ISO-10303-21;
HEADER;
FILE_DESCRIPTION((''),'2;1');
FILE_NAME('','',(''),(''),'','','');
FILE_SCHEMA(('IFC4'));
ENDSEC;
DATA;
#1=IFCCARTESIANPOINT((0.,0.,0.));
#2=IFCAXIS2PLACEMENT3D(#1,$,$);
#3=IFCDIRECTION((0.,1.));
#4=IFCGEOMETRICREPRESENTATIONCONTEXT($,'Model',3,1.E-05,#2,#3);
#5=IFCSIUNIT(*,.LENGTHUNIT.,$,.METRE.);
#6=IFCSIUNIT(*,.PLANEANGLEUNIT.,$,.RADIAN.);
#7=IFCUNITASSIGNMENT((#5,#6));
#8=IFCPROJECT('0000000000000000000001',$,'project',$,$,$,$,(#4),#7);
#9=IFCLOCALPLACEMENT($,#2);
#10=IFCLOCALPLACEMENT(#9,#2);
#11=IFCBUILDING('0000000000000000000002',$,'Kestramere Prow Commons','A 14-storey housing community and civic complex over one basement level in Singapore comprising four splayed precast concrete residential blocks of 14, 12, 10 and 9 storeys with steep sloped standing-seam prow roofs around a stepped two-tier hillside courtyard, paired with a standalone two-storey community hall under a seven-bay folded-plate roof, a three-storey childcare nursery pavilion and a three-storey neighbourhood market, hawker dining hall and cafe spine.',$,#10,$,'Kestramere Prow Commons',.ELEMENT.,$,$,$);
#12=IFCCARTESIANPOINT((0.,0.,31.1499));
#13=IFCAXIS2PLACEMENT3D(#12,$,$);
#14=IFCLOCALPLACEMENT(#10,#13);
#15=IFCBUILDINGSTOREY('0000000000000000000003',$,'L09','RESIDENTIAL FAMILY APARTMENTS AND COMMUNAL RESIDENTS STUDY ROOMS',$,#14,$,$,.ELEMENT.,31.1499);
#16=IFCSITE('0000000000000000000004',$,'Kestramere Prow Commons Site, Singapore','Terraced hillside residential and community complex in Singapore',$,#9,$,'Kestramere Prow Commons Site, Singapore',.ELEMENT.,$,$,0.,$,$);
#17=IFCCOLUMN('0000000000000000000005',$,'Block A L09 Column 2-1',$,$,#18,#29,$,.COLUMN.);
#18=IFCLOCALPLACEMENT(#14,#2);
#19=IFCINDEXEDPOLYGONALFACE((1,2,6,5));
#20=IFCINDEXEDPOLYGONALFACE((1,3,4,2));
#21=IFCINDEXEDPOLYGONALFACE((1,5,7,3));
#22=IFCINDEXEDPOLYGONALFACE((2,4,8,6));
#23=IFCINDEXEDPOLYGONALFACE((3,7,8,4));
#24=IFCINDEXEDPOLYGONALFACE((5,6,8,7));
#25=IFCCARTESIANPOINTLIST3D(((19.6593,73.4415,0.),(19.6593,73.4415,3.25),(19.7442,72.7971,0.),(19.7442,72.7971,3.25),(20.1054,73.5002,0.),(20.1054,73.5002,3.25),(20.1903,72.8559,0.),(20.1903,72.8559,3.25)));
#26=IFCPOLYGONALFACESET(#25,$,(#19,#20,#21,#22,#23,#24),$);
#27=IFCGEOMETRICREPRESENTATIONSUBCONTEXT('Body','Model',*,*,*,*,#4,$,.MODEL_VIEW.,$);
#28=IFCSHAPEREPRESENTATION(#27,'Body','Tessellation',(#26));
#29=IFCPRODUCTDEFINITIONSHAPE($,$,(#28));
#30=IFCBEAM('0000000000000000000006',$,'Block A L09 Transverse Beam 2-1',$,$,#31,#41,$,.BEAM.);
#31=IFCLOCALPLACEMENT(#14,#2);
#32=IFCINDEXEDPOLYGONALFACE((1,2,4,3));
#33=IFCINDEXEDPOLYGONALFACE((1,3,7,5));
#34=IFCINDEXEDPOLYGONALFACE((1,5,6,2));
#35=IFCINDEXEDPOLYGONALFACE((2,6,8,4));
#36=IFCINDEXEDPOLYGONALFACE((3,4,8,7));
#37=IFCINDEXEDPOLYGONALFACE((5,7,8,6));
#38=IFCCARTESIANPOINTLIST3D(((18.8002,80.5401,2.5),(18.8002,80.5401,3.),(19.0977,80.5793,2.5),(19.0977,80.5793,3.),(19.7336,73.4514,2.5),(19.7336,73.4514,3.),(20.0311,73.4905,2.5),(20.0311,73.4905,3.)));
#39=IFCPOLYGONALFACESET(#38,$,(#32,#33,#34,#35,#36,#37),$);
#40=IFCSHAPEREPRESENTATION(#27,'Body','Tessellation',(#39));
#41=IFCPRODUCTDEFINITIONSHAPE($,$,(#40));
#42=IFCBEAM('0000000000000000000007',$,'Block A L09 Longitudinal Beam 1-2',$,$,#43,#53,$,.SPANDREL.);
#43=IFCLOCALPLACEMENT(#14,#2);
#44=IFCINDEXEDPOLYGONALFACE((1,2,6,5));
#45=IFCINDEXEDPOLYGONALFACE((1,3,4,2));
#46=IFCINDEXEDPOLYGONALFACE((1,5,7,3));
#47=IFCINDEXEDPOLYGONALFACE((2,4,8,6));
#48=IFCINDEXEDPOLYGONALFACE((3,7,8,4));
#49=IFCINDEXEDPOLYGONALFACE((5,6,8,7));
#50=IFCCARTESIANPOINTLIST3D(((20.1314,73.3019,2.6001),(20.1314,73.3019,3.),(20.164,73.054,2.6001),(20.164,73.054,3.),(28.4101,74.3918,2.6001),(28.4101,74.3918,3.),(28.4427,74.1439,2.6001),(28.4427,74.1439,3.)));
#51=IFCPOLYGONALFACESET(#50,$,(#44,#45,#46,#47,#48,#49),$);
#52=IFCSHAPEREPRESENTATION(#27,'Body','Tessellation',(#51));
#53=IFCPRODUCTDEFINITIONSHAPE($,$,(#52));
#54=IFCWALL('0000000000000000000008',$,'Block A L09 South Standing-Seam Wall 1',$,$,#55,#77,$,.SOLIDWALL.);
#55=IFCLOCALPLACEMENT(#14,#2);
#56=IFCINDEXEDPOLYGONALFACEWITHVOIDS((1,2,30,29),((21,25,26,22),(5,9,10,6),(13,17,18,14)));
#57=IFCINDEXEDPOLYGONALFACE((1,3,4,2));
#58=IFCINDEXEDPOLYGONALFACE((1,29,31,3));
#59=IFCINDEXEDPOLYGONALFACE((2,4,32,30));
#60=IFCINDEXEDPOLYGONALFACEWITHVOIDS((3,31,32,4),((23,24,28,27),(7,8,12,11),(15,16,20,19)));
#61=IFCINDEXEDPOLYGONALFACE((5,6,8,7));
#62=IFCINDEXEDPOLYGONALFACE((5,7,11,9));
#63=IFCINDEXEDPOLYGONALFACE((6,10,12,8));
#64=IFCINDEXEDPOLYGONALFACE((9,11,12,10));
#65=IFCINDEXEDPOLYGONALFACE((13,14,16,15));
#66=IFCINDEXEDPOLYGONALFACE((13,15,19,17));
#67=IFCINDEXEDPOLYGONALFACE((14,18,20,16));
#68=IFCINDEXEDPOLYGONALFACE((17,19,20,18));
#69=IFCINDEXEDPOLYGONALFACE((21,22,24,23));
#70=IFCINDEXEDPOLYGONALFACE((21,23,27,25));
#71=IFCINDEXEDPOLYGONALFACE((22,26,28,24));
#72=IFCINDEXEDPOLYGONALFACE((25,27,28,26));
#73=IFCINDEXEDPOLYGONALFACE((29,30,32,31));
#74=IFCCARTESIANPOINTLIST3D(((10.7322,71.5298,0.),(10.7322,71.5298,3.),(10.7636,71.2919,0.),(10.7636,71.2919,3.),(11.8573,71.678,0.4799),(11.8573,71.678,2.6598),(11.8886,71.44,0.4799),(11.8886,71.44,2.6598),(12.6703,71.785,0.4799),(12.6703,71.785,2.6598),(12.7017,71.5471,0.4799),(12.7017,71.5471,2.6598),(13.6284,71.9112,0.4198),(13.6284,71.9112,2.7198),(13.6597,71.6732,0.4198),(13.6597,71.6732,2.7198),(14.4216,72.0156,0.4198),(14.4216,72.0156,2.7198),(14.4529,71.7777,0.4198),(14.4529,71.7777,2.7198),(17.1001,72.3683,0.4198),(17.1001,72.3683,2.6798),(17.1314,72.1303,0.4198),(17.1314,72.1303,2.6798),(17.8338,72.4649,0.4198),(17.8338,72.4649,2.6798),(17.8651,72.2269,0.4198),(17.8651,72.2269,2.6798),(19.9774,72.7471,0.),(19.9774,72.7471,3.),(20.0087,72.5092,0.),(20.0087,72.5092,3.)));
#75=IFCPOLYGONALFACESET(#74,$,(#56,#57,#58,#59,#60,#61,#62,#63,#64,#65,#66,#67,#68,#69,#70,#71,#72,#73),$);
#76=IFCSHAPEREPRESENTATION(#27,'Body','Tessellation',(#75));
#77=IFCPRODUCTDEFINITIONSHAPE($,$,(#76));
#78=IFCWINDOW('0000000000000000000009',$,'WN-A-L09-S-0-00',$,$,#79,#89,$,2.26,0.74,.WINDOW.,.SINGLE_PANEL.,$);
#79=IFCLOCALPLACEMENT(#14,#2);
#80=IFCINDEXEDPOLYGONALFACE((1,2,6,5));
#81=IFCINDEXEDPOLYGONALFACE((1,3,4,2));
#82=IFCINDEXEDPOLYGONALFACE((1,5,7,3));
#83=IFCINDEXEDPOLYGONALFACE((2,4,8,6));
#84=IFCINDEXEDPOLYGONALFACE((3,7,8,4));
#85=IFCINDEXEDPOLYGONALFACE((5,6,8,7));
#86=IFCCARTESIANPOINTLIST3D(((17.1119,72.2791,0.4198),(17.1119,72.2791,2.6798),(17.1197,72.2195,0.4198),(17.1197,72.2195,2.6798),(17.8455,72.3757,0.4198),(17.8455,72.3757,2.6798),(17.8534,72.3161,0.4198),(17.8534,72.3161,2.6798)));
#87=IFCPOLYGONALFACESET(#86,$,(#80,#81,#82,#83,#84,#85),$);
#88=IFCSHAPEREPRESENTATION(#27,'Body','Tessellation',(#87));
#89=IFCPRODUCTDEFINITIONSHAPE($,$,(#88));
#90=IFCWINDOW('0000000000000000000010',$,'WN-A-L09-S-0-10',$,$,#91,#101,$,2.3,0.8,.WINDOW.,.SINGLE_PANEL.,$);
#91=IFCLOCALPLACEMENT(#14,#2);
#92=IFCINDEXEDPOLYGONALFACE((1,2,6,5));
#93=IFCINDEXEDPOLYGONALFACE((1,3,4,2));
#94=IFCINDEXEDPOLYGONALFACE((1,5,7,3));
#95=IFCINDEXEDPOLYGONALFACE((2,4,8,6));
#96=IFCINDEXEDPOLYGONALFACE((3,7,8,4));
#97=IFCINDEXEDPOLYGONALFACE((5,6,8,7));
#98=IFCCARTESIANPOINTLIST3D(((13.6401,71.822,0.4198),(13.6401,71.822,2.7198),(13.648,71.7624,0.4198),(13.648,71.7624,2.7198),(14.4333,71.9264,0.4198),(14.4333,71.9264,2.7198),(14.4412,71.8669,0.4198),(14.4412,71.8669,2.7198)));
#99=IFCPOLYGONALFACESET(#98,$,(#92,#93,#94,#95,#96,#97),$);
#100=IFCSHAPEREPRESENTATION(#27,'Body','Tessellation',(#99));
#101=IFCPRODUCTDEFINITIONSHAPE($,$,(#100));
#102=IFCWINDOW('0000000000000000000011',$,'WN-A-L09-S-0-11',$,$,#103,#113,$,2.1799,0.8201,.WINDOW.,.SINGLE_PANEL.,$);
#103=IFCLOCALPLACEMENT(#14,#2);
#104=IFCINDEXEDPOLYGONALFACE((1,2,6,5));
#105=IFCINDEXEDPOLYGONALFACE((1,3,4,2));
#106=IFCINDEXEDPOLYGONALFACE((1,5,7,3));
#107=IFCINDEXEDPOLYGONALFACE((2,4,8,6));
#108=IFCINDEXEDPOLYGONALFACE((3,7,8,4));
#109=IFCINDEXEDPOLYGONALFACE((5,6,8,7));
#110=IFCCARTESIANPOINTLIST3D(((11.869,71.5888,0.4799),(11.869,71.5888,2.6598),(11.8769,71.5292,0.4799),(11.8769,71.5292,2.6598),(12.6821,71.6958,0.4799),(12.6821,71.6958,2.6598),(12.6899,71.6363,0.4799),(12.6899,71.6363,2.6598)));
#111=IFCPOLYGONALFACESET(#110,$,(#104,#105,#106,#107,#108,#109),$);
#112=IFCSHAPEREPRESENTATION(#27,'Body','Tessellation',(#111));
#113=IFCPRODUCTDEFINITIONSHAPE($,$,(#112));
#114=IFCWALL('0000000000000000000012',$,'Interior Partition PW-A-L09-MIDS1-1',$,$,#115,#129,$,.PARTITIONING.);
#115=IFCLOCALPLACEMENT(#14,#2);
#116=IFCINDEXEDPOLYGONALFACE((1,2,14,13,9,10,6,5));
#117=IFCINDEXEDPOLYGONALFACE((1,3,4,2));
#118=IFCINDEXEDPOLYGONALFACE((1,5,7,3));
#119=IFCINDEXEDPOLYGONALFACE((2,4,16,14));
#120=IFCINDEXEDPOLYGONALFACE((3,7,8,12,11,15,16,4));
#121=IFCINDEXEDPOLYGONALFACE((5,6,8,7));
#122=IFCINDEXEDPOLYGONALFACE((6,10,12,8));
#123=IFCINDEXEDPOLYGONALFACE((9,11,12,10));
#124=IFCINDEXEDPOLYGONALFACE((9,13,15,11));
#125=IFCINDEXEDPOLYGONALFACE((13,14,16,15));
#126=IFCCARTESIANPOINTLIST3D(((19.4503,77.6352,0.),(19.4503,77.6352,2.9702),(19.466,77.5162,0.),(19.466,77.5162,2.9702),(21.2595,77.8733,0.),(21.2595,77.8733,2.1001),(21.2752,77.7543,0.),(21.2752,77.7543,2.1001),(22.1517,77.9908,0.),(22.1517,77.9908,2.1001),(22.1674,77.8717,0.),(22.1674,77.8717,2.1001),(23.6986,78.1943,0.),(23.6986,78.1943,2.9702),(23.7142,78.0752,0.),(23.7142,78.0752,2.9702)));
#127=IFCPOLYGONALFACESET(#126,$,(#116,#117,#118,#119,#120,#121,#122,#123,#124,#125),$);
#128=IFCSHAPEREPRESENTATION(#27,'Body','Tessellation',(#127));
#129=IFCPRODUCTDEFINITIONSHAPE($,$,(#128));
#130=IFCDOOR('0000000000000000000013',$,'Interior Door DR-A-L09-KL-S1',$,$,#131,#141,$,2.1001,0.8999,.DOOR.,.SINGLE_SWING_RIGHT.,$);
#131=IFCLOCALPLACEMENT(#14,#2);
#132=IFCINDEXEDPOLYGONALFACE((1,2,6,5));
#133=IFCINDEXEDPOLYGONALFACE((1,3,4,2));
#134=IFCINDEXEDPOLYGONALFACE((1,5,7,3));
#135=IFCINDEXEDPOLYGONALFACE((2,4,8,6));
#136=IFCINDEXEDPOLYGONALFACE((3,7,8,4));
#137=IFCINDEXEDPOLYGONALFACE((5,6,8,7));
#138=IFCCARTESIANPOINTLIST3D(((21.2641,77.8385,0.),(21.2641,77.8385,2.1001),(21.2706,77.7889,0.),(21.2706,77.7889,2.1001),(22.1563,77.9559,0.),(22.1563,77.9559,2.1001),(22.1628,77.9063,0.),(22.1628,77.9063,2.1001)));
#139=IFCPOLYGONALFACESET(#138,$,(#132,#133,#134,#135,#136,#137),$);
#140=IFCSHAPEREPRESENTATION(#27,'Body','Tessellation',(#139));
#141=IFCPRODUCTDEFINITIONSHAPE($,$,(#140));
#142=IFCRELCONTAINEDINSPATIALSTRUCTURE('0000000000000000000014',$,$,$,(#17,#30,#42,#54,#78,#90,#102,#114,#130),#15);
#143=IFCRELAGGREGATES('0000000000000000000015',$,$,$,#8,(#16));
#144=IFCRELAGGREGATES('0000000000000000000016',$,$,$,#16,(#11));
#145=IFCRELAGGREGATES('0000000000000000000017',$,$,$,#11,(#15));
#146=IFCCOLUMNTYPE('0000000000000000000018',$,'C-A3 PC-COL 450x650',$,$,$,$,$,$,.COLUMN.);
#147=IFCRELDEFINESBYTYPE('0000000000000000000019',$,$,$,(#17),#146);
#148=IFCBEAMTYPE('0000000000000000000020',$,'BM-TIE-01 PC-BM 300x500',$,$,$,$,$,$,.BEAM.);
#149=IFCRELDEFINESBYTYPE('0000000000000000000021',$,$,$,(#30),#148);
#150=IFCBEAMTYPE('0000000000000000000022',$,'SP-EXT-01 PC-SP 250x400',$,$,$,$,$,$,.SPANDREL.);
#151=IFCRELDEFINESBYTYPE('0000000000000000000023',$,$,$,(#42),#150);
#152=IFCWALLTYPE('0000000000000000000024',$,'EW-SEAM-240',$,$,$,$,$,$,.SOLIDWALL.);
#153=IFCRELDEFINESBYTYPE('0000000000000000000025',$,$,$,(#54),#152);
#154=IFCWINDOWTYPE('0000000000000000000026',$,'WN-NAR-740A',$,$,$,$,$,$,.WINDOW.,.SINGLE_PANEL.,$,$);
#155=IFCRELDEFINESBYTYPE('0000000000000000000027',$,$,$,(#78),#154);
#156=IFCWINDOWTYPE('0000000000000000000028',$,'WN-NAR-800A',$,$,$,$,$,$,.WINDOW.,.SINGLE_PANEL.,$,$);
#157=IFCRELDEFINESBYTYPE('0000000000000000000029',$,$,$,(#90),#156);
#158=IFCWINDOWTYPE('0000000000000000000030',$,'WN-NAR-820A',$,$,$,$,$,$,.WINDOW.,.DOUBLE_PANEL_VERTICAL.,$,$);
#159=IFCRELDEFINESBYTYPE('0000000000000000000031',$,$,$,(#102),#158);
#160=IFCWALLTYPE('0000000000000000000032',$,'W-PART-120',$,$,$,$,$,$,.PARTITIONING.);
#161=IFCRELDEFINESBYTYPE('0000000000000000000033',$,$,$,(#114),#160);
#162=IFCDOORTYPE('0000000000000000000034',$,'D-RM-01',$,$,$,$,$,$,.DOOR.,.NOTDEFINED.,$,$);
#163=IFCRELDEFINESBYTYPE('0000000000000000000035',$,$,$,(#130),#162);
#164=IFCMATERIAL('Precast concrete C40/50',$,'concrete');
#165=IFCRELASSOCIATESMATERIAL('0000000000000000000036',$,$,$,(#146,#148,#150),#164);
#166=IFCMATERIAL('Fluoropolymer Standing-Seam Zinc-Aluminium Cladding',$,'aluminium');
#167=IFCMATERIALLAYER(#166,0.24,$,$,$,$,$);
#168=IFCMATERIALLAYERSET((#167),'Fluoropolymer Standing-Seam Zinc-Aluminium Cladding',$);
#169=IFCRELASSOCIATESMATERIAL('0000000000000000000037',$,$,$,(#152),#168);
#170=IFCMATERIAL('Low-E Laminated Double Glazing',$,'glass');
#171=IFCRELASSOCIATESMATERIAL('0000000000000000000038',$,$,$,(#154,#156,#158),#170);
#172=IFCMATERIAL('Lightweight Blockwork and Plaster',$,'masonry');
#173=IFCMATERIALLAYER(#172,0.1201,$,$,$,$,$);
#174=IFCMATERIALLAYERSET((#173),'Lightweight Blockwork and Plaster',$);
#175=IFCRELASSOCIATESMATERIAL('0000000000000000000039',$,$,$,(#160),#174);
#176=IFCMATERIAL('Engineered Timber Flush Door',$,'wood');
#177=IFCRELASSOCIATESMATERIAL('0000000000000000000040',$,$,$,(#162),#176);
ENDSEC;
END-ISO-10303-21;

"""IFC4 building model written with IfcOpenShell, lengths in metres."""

from ifc_helpers import new_model, si_unit, direction, frame, frame_2d, origin, origin_2d, place, context, subcontext, project, spatial, rectangle, extrude, material, layer, layer_set, material_profile, profile_set, type_object, element, fill, save


model = new_model("IFC4")

# Units and contexts
model_context = context("Model", 3, precision=1e-05, world=origin(), true_north=direction((0.0, 1.0)))
body_context = subcontext(model_context, "Body", "Model", "MODEL_VIEW")
ifc_project = project(units=[si_unit("LENGTHUNIT", "METRE"), si_unit("PLANEANGLEUNIT", "RADIAN")], contexts=[model_context])

# Site, building, storey
site_placement = place(None, origin())
site = spatial("IfcSite", under=ifc_project, at=site_placement, Name="Kestramere Prow Commons Site, Singapore", Description="Terraced hillside residential and community complex in Singapore", LongName="Kestramere Prow Commons Site, Singapore", CompositionType="ELEMENT", RefElevation=0.0)
building_placement = place(site_placement, origin())
building = spatial("IfcBuilding", under=site, at=building_placement, Name="Kestramere Prow Commons", Description="A 14-storey housing community and civic complex over one basement level in Singapore comprising four splayed precast concrete residential blocks of 14, 12, 10 and 9 storeys with steep sloped standing-seam prow roofs around a stepped two-tier hillside courtyard, paired with a standalone two-storey community hall under a seven-bay folded-plate roof, a three-storey childcare nursery pavilion and a three-storey neighbourhood market, hawker dining hall and cafe spine.", LongName="Kestramere Prow Commons", CompositionType="ELEMENT")
storey_placement = place(building_placement, frame((0.0, 0.0, 31.1499)))
storey = spatial("IfcBuildingStorey", under=building, at=storey_placement, Name="L09", Description="RESIDENTIAL FAMILY APARTMENTS AND COMMUNAL RESIDENTS STUDY ROOMS", CompositionType="ELEMENT", Elevation=31.1499)

# Column
ifc_material_1 = material(Name="Precast concrete C40/50", Category="concrete")
ifc_material_profile_1 = material_profile(ifc_material_1, rectangle(XDim=0.45, YDim=0.6499, at=origin_2d()), Name="PC-COL 450x650")
ifc_profile_set_1 = profile_set([ifc_material_profile_1], Name="Precast concrete C40/50")
column_type = type_object("IfcColumnType", Name="C-A3 PC-COL 450x650", PredefinedType="COLUMN", material=ifc_profile_set_1)
column_placement = place(storey_placement, frame((19.9248, 73.1487, 0.0), z_axis=(0.0, 0.0, 1.0), x_axis=(0.991445, 0.130526, 0.0)))
element("IfcColumn", 1, at=column_placement, inside=storey, type_object=column_type, Name="Block A L09 Column 2-1", PredefinedType="COLUMN", context=body_context, shape_type="SweptSolid", body=[
    extrude(rectangle(XDim=0.45, YDim=0.6499, at=origin_2d()), origin(), (0.0, 0.0, 1.0), 3.25),
])

# Beams
ifc_material_profile_2 = material_profile(ifc_material_1, rectangle(XDim=0.3, YDim=0.5, at=origin_2d()), Name="PC-BM 300x500")
ifc_profile_set_2 = profile_set([ifc_material_profile_2], Name="Precast concrete C40/50")
beam_type_1 = type_object("IfcBeamType", Name="BM-TIE-01 PC-BM 300x500", PredefinedType="BEAM", material=ifc_profile_set_2)
beam_1_placement = place(storey_placement, frame((19.8823, 73.4709, 2.75), z_axis=(-0.130542, 0.991443, 0.0), x_axis=(-0.991443, -0.130542, 0.0)))
element("IfcBeam", 2, at=beam_1_placement, inside=storey, type_object=beam_type_1, Name="Block A L09 Transverse Beam 2-1", PredefinedType="BEAM", context=body_context, shape_type="SweptSolid", body=[
    extrude(rectangle(XDim=0.3, YDim=0.5, at=origin_2d()), origin(), (0.0, 0.0, 1.0), 7.1499),
])
ifc_material_profile_3 = material_profile(ifc_material_1, rectangle(XDim=0.25, YDim=0.3999, at=origin_2d()), Name="PC-SP 250x400")
ifc_profile_set_3 = profile_set([ifc_material_profile_3], Name="Precast concrete C40/50")
beam_type_2 = type_object("IfcBeamType", Name="SP-EXT-01 PC-SP 250x400", PredefinedType="SPANDREL", material=ifc_profile_set_3)
beam_2_placement = place(storey_placement, frame((20.1477, 73.178, 2.8), z_axis=(0.991446, 0.13052, 0.0), x_axis=(-0.13052, 0.991446, 0.0)))
element("IfcBeam", 3, at=beam_2_placement, inside=storey, type_object=beam_type_2, Name="Block A L09 Longitudinal Beam 1-2", PredefinedType="SPANDREL", context=body_context, shape_type="SweptSolid", body=[
    extrude(rectangle(XDim=0.25, YDim=0.3999, at=origin_2d()), origin(), (0.0, 0.0, 1.0), 8.3501),
])

# Wall, openings, windows
ifc_material_2 = material(Name="Fluoropolymer Standing-Seam Zinc-Aluminium Cladding", Category="aluminium")
ifc_layer_1 = layer(ifc_material_2, 0.24)
ifc_layer_set_1 = layer_set([ifc_layer_1], Name="Fluoropolymer Standing-Seam Zinc-Aluminium Cladding")
wall_type_1 = type_object("IfcWallType", Name="EW-SEAM-240", PredefinedType="SOLIDWALL", material=ifc_layer_set_1)
wall_1_placement = place(storey_placement, frame((19.9932, 72.6282, 0.0), z_axis=(0.0, 0.0, 1.0), x_axis=(-0.991443, -0.130541, 0.0)))
wall_1 = element("IfcWall", 4, at=wall_1_placement, inside=storey, type_object=wall_type_1, Name="Block A L09 South Standing-Seam Wall 1", PredefinedType="SOLIDWALL", context=body_context, shape_type="SweptSolid", body=[
    extrude(rectangle(XDim=9.325, YDim=0.24, at=frame_2d((4.6626, 0.0))), origin(), (0.0, 0.0, 1.0), 3.0),
])
opening_1_placement = place(wall_1_placement, frame((2.1621, 0.0, 0.4199)))
opening_1 = element("IfcOpeningElement", 5, at=opening_1_placement, cuts=wall_1, PredefinedType="OPENING", context=body_context, shape_type="SweptSolid", body=[
    extrude(rectangle(XDim=0.74, YDim=2.26, at=frame_2d((0.3701, 1.1299))), frame((0.0, 0.135, 0.0), z_axis=(0.0, -1.0, 0.0), x_axis=(1.0, 0.0, 0.0)), (0.0, 0.0, 1.0), 0.27),
])
opening_2_placement = place(wall_1_placement, frame((5.604, 0.0, 0.4199)))
opening_2 = element("IfcOpeningElement", 6, at=opening_2_placement, cuts=wall_1, PredefinedType="OPENING", context=body_context, shape_type="SweptSolid", body=[
    extrude(rectangle(XDim=0.8, YDim=2.3, at=frame_2d((0.3999, 1.1499))), frame((0.0, 0.135, 0.0), z_axis=(0.0, -1.0, 0.0), x_axis=(1.0, 0.0, 0.0)), (0.0, 0.0, 1.0), 0.27),
])
opening_3_placement = place(wall_1_placement, frame((7.3701, 0.0, 0.48)))
opening_3 = element("IfcOpeningElement", 7, at=opening_3_placement, cuts=wall_1, PredefinedType="OPENING", context=body_context, shape_type="SweptSolid", body=[
    extrude(rectangle(XDim=0.8201, YDim=2.1799, at=frame_2d((0.4102, 1.0898))), frame((0.0, 0.135, 0.0), z_axis=(0.0, -1.0, 0.0), x_axis=(1.0, 0.0, 0.0)), (0.0, 0.0, 1.0), 0.27),
])
ifc_material_3 = material(Name="Low-E Laminated Double Glazing", Category="glass")
window_type_1 = type_object("IfcWindowType", Name="WN-NAR-740A", PartitioningType="SINGLE_PANEL", PredefinedType="WINDOW", material=ifc_material_3)
window_1_placement = place(opening_1_placement, origin())
window_1 = element("IfcWindow", 8, at=window_1_placement, inside=storey, type_object=window_type_1, Name="WN-A-L09-S-0-00", OverallHeight=2.26, OverallWidth=0.74, PartitioningType="SINGLE_PANEL", PredefinedType="WINDOW", context=body_context, shape_type="SweptSolid", body=[
    extrude(rectangle(XDim=0.74, YDim=2.26, at=frame_2d((0.3701, 1.1299))), frame((0.0, 0.03, 0.0), z_axis=(0.0, -1.0, 0.0), x_axis=(1.0, 0.0, 0.0)), (0.0, 0.0, 1.0), 0.0601),
])
fill(opening_1, window_1)
window_type_2 = type_object("IfcWindowType", Name="WN-NAR-800A", PartitioningType="SINGLE_PANEL", PredefinedType="WINDOW", material=ifc_material_3)
window_2_placement = place(opening_2_placement, origin())
window_2 = element("IfcWindow", 9, at=window_2_placement, inside=storey, type_object=window_type_2, Name="WN-A-L09-S-0-10", OverallHeight=2.3, OverallWidth=0.8, PartitioningType="SINGLE_PANEL", PredefinedType="WINDOW", context=body_context, shape_type="SweptSolid", body=[
    extrude(rectangle(XDim=0.8, YDim=2.3, at=frame_2d((0.3999, 1.1499))), frame((0.0, 0.03, 0.0), z_axis=(0.0, -1.0, 0.0), x_axis=(1.0, 0.0, 0.0)), (0.0, 0.0, 1.0), 0.0601),
])
fill(opening_2, window_2)
window_type_3 = type_object("IfcWindowType", Name="WN-NAR-820A", PartitioningType="DOUBLE_PANEL_VERTICAL", PredefinedType="WINDOW", material=ifc_material_3)
window_3_placement = place(opening_3_placement, origin())
window_3 = element("IfcWindow", 10, at=window_3_placement, inside=storey, type_object=window_type_3, Name="WN-A-L09-S-0-11", OverallHeight=2.1799, OverallWidth=0.8201, PartitioningType="SINGLE_PANEL", PredefinedType="WINDOW", context=body_context, shape_type="SweptSolid", body=[
    extrude(rectangle(XDim=0.8201, YDim=2.1799, at=frame_2d((0.4102, 1.0898))), frame((0.0, 0.03, 0.0), z_axis=(0.0, -1.0, 0.0), x_axis=(1.0, 0.0, 0.0)), (0.0, 0.0, 1.0), 0.0601),
])
fill(opening_3, window_3)

# Wall, opening, door
ifc_material_4 = material(Name="Lightweight Blockwork and Plaster", Category="masonry")
ifc_layer_2 = layer(ifc_material_4, 0.1201)
ifc_layer_set_2 = layer_set([ifc_layer_2], Name="Lightweight Blockwork and Plaster")
wall_type_2 = type_object("IfcWallType", Name="W-PART-120", PredefinedType="PARTITIONING", material=ifc_layer_set_2)
wall_2_placement = place(storey_placement, frame((19.458, 77.5757, 0.0), z_axis=(0.0, 0.0, 1.0), x_axis=(0.991451, 0.130477, 0.0)))
wall_2 = element("IfcWall", 11, at=wall_2_placement, inside=storey, type_object=wall_type_2, Name="Interior Partition PW-A-L09-MIDS1-1", PredefinedType="PARTITIONING", context=body_context, shape_type="SweptSolid", body=[
    extrude(rectangle(XDim=4.2849, YDim=0.1201, at=frame_2d((2.1426, 0.0))), origin(), (0.0, 0.0, 1.0), 2.9702),
])
opening_4_placement = place(wall_2_placement, frame((1.825, 0.0, 0.0)))
opening_4 = element("IfcOpeningElement", 12, at=opening_4_placement, cuts=wall_2, PredefinedType="OPENING", context=body_context, shape_type="SweptSolid", body=[
    extrude(rectangle(XDim=0.8999, YDim=2.1001, at=frame_2d((0.45, 1.05))), frame((0.0, 0.075, 0.0), z_axis=(0.0, -1.0, 0.0), x_axis=(1.0, 0.0, 0.0)), (0.0, 0.0, 1.0), 0.1501),
])
ifc_material_5 = material(Name="Engineered Timber Flush Door", Category="wood")
door_type_1 = type_object("IfcDoorType", Name="D-RM-01", OperationType="NOTDEFINED", PredefinedType="DOOR", material=ifc_material_5)
door_1_placement = place(opening_4_placement, origin())
door_1 = element("IfcDoor", 13, at=door_1_placement, inside=storey, type_object=door_type_1, Name="Interior Door DR-A-L09-KL-S1", OperationType="SINGLE_SWING_RIGHT", OverallHeight=2.1001, OverallWidth=0.8999, PredefinedType="DOOR", context=body_context, shape_type="SweptSolid", body=[
    extrude(rectangle(XDim=0.8999, YDim=2.1001, at=frame_2d((0.45, 1.05))), frame((0.0, 0.0249, 0.0), z_axis=(0.0, -1.0, 0.0), x_axis=(1.0, 0.0, 0.0)), (0.0, 0.0, 1.0), 0.05),
])
fill(opening_4, door_1)

save(model, "model.ifc")
